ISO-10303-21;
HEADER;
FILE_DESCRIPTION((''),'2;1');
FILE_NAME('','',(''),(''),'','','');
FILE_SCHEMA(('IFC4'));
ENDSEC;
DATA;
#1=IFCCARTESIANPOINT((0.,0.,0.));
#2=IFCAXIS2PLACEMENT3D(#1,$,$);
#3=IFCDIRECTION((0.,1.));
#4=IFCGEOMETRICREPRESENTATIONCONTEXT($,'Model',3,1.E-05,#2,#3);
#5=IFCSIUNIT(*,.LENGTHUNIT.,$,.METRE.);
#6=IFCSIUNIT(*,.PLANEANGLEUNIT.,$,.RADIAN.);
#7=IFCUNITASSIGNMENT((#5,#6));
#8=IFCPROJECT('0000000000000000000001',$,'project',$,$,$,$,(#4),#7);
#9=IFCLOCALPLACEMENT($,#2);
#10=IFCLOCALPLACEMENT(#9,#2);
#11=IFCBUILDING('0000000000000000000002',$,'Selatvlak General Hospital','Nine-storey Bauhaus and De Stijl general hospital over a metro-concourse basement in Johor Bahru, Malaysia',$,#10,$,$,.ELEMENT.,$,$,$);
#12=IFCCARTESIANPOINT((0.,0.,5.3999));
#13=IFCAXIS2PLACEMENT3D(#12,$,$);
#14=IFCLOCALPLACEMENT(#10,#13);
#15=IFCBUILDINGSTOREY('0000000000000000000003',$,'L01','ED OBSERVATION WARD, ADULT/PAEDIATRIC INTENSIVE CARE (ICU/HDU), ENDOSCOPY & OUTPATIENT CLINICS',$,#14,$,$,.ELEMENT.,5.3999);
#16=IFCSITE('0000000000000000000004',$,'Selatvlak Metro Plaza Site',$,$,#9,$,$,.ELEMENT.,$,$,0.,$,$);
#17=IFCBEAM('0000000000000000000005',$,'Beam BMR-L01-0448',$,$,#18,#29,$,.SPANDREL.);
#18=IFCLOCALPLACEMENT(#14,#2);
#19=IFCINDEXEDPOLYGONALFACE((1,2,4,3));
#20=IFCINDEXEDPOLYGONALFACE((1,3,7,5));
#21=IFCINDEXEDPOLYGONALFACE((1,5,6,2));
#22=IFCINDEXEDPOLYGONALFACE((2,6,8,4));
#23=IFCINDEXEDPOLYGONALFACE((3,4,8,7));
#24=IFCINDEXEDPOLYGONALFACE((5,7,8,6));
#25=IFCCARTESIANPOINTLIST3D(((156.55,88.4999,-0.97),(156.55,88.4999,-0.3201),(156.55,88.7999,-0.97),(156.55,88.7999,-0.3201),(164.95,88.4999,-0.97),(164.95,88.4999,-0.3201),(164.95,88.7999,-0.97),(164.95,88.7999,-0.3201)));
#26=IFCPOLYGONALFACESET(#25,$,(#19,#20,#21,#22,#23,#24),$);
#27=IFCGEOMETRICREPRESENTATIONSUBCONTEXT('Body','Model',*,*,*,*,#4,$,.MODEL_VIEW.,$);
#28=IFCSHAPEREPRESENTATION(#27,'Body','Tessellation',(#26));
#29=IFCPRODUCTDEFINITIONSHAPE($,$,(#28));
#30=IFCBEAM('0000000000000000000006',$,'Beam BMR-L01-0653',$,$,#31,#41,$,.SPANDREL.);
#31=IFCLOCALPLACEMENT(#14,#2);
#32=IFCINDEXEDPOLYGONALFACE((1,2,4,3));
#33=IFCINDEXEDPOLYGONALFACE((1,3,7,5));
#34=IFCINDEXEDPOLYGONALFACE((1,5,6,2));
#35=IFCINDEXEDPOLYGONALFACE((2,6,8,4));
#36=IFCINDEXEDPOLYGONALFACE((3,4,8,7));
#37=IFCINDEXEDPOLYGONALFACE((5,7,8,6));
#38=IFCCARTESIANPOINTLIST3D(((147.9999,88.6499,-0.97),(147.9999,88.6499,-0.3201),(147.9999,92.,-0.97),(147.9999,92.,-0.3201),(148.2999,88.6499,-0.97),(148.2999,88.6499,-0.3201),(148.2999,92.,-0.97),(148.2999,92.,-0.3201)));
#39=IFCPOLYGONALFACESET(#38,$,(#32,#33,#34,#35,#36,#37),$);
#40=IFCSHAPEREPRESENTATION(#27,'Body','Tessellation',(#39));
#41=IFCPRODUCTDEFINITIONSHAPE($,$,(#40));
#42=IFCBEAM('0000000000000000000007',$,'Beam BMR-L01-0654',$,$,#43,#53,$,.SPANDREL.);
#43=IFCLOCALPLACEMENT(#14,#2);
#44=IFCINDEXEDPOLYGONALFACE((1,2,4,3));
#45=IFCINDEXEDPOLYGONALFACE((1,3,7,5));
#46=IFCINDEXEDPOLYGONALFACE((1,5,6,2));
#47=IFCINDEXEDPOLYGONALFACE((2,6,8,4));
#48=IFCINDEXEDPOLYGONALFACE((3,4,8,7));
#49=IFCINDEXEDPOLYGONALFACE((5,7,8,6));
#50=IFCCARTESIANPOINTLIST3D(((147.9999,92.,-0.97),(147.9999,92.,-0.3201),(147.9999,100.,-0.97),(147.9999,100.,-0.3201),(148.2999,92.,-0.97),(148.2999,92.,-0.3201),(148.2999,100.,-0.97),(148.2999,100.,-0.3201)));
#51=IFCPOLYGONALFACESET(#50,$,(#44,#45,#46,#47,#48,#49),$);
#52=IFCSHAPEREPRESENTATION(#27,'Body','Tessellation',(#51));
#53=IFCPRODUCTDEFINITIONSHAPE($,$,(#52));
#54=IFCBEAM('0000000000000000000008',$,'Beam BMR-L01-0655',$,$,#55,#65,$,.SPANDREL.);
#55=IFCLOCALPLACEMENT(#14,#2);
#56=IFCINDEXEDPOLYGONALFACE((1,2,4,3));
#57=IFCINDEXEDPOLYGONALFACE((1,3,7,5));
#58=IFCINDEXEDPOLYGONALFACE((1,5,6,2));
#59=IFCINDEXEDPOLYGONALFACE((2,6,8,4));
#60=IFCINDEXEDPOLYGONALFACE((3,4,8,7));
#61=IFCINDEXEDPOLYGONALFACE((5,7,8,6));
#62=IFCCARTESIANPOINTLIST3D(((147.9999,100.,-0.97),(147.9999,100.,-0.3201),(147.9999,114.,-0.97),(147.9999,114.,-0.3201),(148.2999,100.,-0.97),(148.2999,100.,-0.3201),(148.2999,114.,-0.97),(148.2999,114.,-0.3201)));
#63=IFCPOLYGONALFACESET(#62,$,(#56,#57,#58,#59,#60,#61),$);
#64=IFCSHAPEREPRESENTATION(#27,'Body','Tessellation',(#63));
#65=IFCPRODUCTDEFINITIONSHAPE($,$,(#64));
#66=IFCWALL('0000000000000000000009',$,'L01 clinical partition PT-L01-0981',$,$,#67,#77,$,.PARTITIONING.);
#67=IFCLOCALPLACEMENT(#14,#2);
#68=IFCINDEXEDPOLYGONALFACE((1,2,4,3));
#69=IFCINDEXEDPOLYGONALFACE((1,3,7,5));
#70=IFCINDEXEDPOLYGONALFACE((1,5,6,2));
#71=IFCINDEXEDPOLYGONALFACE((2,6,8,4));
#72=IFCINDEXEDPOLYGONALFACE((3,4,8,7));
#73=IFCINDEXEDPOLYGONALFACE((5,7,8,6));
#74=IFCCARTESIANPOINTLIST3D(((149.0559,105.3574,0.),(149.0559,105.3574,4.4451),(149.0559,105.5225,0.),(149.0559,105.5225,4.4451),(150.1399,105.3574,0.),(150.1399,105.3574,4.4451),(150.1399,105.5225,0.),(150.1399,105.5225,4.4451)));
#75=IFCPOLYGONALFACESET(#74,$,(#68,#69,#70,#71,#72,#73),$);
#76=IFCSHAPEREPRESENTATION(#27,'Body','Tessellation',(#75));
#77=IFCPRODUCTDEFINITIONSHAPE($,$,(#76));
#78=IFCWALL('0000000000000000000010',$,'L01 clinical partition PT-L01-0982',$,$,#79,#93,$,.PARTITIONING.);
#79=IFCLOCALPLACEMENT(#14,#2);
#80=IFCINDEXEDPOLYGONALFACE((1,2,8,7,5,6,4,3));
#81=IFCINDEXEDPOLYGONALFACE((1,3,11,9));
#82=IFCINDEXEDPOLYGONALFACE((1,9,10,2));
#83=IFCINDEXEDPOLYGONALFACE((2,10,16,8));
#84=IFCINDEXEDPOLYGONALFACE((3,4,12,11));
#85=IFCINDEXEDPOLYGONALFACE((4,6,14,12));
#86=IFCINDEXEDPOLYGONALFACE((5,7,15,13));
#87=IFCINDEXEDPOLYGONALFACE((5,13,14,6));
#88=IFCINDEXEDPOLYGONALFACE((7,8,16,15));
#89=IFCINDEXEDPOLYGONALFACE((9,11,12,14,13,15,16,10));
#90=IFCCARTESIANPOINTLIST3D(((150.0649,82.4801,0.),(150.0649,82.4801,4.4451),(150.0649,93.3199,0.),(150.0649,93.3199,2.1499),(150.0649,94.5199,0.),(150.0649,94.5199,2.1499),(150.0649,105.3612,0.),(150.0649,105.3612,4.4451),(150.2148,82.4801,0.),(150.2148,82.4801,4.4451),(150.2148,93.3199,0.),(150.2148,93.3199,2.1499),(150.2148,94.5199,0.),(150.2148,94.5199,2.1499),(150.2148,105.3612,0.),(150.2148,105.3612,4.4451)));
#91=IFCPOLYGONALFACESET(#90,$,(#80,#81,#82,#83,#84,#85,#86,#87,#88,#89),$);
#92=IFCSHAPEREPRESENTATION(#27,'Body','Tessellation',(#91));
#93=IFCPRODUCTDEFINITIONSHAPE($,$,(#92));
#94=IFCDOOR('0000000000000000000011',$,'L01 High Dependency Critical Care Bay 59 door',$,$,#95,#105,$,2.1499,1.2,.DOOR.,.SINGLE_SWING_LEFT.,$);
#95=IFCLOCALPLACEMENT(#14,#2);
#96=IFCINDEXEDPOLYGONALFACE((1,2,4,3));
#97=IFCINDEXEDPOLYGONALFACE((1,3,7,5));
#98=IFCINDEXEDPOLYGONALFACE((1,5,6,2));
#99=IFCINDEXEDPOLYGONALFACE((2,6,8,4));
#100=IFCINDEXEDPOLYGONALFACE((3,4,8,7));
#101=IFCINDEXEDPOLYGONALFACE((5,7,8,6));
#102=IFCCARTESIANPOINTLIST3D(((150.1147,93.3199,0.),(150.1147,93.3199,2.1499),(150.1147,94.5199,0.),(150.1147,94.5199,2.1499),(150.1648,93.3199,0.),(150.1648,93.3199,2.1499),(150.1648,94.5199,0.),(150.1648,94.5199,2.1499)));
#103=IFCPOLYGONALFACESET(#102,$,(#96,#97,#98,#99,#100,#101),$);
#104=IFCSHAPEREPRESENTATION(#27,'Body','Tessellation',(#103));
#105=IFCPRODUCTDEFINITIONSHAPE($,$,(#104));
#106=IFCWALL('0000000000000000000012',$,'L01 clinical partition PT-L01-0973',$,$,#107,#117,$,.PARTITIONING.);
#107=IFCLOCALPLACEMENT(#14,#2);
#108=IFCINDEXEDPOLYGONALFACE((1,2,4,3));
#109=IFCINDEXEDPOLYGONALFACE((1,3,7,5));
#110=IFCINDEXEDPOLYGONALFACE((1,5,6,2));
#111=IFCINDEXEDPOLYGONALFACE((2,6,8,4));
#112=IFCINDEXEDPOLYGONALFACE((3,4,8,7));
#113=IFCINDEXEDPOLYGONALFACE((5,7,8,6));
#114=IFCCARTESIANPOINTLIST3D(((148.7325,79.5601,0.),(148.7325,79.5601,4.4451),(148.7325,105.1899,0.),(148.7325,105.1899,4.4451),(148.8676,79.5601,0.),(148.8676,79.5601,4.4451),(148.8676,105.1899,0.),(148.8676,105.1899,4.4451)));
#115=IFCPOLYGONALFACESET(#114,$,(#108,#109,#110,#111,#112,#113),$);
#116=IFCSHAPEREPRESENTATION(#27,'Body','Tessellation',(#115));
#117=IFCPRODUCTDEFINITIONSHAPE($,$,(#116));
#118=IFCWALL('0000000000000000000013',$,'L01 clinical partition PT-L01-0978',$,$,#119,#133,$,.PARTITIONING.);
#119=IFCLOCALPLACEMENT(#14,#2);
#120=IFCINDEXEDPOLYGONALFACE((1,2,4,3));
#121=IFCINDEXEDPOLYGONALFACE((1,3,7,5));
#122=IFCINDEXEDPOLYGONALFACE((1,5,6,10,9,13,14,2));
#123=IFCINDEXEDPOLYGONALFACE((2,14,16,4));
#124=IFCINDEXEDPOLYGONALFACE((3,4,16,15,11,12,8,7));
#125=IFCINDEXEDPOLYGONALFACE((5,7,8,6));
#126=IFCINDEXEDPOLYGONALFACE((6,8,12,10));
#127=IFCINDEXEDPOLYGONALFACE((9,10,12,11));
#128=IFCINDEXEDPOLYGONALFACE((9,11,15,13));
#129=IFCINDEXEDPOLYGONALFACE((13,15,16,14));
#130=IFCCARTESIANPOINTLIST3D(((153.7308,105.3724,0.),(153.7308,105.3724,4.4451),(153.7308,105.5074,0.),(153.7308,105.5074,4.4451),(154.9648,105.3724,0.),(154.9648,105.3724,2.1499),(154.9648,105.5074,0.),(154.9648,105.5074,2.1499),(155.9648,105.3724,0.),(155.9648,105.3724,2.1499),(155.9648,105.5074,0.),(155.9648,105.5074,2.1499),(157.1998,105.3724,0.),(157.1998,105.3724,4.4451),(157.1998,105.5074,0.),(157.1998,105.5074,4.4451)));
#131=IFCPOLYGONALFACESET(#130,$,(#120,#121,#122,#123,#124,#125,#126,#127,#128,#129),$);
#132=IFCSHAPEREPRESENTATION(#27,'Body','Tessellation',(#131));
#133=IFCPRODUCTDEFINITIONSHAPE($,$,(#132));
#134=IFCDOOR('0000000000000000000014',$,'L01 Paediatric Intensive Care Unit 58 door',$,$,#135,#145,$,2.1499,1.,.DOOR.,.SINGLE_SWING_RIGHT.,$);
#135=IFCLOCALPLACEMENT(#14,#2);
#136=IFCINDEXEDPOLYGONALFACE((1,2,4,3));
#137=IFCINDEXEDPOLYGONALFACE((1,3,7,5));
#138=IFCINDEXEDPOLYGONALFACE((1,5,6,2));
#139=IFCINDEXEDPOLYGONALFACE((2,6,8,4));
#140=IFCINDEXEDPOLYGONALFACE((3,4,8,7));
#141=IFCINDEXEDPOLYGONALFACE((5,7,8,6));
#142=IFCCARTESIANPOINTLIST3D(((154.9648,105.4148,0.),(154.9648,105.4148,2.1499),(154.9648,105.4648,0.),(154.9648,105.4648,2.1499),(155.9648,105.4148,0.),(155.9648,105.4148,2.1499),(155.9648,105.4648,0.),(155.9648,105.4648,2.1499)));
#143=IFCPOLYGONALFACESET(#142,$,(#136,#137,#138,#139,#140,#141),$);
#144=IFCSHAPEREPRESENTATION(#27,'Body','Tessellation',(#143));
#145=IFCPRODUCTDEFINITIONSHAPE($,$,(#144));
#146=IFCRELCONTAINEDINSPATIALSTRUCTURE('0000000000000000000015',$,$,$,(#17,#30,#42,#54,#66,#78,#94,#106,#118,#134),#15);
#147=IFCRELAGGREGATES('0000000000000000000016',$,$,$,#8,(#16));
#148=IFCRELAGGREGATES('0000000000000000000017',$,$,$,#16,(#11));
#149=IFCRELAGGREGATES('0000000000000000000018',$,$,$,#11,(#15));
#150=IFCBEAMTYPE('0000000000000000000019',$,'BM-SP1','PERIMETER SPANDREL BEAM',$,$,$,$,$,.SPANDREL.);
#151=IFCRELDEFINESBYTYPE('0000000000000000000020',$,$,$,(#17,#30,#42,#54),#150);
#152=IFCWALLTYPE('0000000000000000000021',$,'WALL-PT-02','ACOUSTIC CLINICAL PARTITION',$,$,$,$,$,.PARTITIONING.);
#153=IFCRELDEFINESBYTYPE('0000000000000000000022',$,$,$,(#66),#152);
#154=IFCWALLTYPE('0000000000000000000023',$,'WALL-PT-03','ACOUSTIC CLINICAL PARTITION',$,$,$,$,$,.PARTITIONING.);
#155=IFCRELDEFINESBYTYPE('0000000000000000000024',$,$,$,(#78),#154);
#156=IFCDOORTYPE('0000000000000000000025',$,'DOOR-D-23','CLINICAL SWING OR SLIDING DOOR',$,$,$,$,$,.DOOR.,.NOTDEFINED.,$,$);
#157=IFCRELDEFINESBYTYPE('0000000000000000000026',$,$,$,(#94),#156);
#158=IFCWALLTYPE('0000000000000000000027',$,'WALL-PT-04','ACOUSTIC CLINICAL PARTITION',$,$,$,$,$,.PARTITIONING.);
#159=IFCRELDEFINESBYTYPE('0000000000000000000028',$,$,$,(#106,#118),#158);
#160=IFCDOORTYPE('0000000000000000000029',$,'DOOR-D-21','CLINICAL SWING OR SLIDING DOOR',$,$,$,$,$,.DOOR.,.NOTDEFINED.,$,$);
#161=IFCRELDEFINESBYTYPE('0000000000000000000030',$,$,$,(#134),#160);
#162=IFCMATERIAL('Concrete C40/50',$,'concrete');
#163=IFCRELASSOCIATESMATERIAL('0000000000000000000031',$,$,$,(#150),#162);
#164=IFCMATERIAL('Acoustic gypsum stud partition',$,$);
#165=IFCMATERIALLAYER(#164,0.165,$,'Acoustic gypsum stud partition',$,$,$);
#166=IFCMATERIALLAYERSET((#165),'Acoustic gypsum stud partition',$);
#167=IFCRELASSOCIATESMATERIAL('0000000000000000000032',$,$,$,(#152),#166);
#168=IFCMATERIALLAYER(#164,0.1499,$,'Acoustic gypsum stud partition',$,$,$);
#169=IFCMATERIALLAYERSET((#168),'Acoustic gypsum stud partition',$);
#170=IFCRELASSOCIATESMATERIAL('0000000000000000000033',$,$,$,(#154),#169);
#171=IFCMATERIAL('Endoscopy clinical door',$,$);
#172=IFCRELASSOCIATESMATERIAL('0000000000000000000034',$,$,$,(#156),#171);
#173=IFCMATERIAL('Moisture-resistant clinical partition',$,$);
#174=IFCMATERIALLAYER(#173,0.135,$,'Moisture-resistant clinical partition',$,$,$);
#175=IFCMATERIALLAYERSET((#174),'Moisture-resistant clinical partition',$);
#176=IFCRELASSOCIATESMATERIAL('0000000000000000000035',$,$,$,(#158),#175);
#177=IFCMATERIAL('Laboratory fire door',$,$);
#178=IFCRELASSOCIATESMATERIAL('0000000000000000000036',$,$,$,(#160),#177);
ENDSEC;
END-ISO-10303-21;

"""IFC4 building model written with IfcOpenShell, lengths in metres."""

from ifc_helpers import new_model, si_unit, direction, frame, frame_2d, origin, origin_2d, place, context, subcontext, project, spatial, rectangle, extrude, material, layer, layer_set, material_profile, profile_set, type_object, element, fill, save


model = new_model("IFC4")

# Units and contexts
model_context = context("Model", 3, precision=1e-05, world=origin(), true_north=direction((0.0, 1.0)))
body_context = subcontext(model_context, "Body", "Model", "MODEL_VIEW")
ifc_project = project(units=[si_unit("LENGTHUNIT", "METRE"), si_unit("PLANEANGLEUNIT", "RADIAN")], contexts=[model_context])

# Site, building, storey
site_placement = place(None, origin())
site = spatial("IfcSite", under=ifc_project, at=site_placement, Name="Selatvlak Metro Plaza Site", CompositionType="ELEMENT", RefElevation=0.0)
building_placement = place(site_placement, origin())
building = spatial("IfcBuilding", under=site, at=building_placement, Name="Selatvlak General Hospital", Description="Nine-storey Bauhaus and De Stijl general hospital over a metro-concourse basement in Johor Bahru, Malaysia", CompositionType="ELEMENT")
storey_placement = place(building_placement, frame((0.0, 0.0, 5.3999)))
storey = spatial("IfcBuildingStorey", under=building, at=storey_placement, Name="L01", Description="ED OBSERVATION WARD, ADULT/PAEDIATRIC INTENSIVE CARE (ICU/HDU), ENDOSCOPY & OUTPATIENT CLINICS", CompositionType="ELEMENT", Elevation=5.3999)

# Beams
ifc_material_1 = material(Name="Concrete C40/50", Category="concrete")
ifc_material_profile_1 = material_profile(ifc_material_1, rectangle(XDim=0.3, YDim=0.6499, at=origin_2d()), Name="RC-SP 300x650")
ifc_profile_set_1 = profile_set([ifc_material_profile_1], Name="Concrete C40/50")
beam_type_1 = type_object("IfcBeamType", Name="BM-SP1", Description="PERIMETER SPANDREL BEAM", PredefinedType="SPANDREL", material=ifc_profile_set_1)
beam_1_placement = place(storey_placement, frame((156.55, 88.6499, -0.645), z_axis=(1.0, 0.0, 0.0), x_axis=(0.0, 1.0, 0.0)))
element("IfcBeam", 1, at=beam_1_placement, inside=storey, type_object=beam_type_1, Name="Beam BMR-L01-0448", PredefinedType="SPANDREL", context=body_context, shape_type="SweptSolid", body=[
    extrude(rectangle(XDim=0.3, YDim=0.6499, at=origin_2d()), origin(), (0.0, 0.0, 1.0), 8.3999),
])
beam_2_placement = place(storey_placement, frame((148.1499, 88.6499, -0.645), z_axis=(0.0, 1.0, 0.0), x_axis=(-1.0, 0.0, 0.0)))
element("IfcBeam", 2, at=beam_2_placement, inside=storey, type_object=beam_type_1, Name="Beam BMR-L01-0653", PredefinedType="SPANDREL", context=body_context, shape_type="SweptSolid", body=[
    extrude(rectangle(XDim=0.3, YDim=0.6499, at=origin_2d()), origin(), (0.0, 0.0, 1.0), 3.3501),
])
beam_3_placement = place(storey_placement, frame((148.1499, 92.0, -0.645), z_axis=(0.0, 1.0, 0.0), x_axis=(-1.0, 0.0, 0.0)))
element("IfcBeam", 3, at=beam_3_placement, inside=storey, type_object=beam_type_1, Name="Beam BMR-L01-0654", PredefinedType="SPANDREL", context=body_context, shape_type="SweptSolid", body=[
    extrude(rectangle(XDim=0.3, YDim=0.6499, at=origin_2d()), origin(), (0.0, 0.0, 1.0), 8.0),
])
beam_4_placement = place(storey_placement, frame((148.1499, 100.0, -0.645), z_axis=(0.0, 1.0, 0.0), x_axis=(-1.0, 0.0, 0.0)))
element("IfcBeam", 4, at=beam_4_placement, inside=storey, type_object=beam_type_1, Name="Beam BMR-L01-0655", PredefinedType="SPANDREL", context=body_context, shape_type="SweptSolid", body=[
    extrude(rectangle(XDim=0.3, YDim=0.6499, at=origin_2d()), origin(), (0.0, 0.0, 1.0), 14.0),
])

# Wall
ifc_material_2 = material(Name="Acoustic gypsum stud partition")
ifc_layer_1 = layer(ifc_material_2, 0.165, Name="Acoustic gypsum stud partition")
ifc_layer_set_1 = layer_set([ifc_layer_1], Name="Acoustic gypsum stud partition")
wall_type_1 = type_object("IfcWallType", Name="WALL-PT-02", Description="ACOUSTIC CLINICAL PARTITION", PredefinedType="PARTITIONING", material=ifc_layer_set_1)
wall_1_placement = place(storey_placement, frame((149.0559, 105.4399, 0.0), z_axis=(0.0, 0.0, 1.0), x_axis=(1.0, 0.0, 0.0)))
element("IfcWall", 5, at=wall_1_placement, inside=storey, type_object=wall_type_1, Name="L01 clinical partition PT-L01-0981", PredefinedType="PARTITIONING", context=body_context, shape_type="SweptSolid", body=[
    extrude(rectangle(XDim=1.084, YDim=0.165, at=frame_2d((0.542, 0.0))), origin(), (0.0, 0.0, 1.0), 4.4451),
])

# Wall, opening, door
ifc_layer_2 = layer(ifc_material_2, 0.1499, Name="Acoustic gypsum stud partition")
ifc_layer_set_2 = layer_set([ifc_layer_2], Name="Acoustic gypsum stud partition")
wall_type_2 = type_object("IfcWallType", Name="WALL-PT-03", Description="ACOUSTIC CLINICAL PARTITION", PredefinedType="PARTITIONING", material=ifc_layer_set_2)
wall_2_placement = place(storey_placement, frame((150.1399, 105.3611, 0.0), z_axis=(0.0, 0.0, 1.0), x_axis=(0.0, -1.0, 0.0)))
wall_2 = element("IfcWall", 6, at=wall_2_placement, inside=storey, type_object=wall_type_2, Name="L01 clinical partition PT-L01-0982", PredefinedType="PARTITIONING", context=body_context, shape_type="SweptSolid", body=[
    extrude(rectangle(XDim=22.8811, YDim=0.1499, at=frame_2d((11.4404, 0.0))), origin(), (0.0, 0.0, 1.0), 4.4451),
])
opening_1_placement = place(wall_2_placement, frame((10.8411, 0.0, 0.0)))
opening_1 = element("IfcOpeningElement", 7, at=opening_1_placement, cuts=wall_2, PredefinedType="OPENING", context=body_context, shape_type="SweptSolid", body=[
    extrude(rectangle(XDim=1.2, YDim=2.1499, at=frame_2d((0.6001, 1.075))), frame((0.0, 0.085, 0.0), z_axis=(0.0, -1.0, 0.0), x_axis=(1.0, 0.0, 0.0)), (0.0, 0.0, 1.0), 0.1699),
])
ifc_material_3 = material(Name="Endoscopy clinical door")
door_type_1 = type_object("IfcDoorType", Name="DOOR-D-23", Description="CLINICAL SWING OR SLIDING DOOR", OperationType="NOTDEFINED", PredefinedType="DOOR", material=ifc_material_3)
door_1_placement = place(opening_1_placement, origin())
door_1 = element("IfcDoor", 8, at=door_1_placement, inside=storey, type_object=door_type_1, Name="L01 High Dependency Critical Care Bay 59 door", OperationType="SINGLE_SWING_LEFT", OverallHeight=2.1499, OverallWidth=1.2, PredefinedType="DOOR", context=body_context, shape_type="SweptSolid", body=[
    extrude(rectangle(XDim=1.2, YDim=2.1499, at=frame_2d((0.6001, 1.075))), frame((0.0, 0.0249, 0.0), z_axis=(0.0, -1.0, 0.0), x_axis=(1.0, 0.0, 0.0)), (0.0, 0.0, 1.0), 0.05),
])
fill(opening_1, door_1)

# Wall
ifc_material_4 = material(Name="Moisture-resistant clinical partition")
ifc_layer_3 = layer(ifc_material_4, 0.135, Name="Moisture-resistant clinical partition")
ifc_layer_set_3 = layer_set([ifc_layer_3], Name="Moisture-resistant clinical partition")
wall_type_3 = type_object("IfcWallType", Name="WALL-PT-04", Description="ACOUSTIC CLINICAL PARTITION", PredefinedType="PARTITIONING", material=ifc_layer_set_3)
wall_3_placement = place(storey_placement, frame((148.8, 105.1899, 0.0), z_axis=(0.0, 0.0, 1.0), x_axis=(0.0, -1.0, 0.0)))
element("IfcWall", 9, at=wall_3_placement, inside=storey, type_object=wall_type_3, Name="L01 clinical partition PT-L01-0973", PredefinedType="PARTITIONING", context=body_context, shape_type="SweptSolid", body=[
    extrude(rectangle(XDim=25.6299, YDim=0.135, at=frame_2d((12.8149, 0.0))), origin(), (0.0, 0.0, 1.0), 4.4451),
])

# Wall, opening, door
wall_4_placement = place(storey_placement, frame((153.731, 105.4399, 0.0), z_axis=(0.0, 0.0, 1.0), x_axis=(1.0, 0.0, 0.0)))
wall_4 = element("IfcWall", 10, at=wall_4_placement, inside=storey, type_object=wall_type_3, Name="L01 clinical partition PT-L01-0978", PredefinedType="PARTITIONING", context=body_context, shape_type="SweptSolid", body=[
    extrude(rectangle(XDim=3.469, YDim=0.135, at=frame_2d((1.7344, 0.0))), origin(), (0.0, 0.0, 1.0), 4.4451),
])
opening_2_placement = place(wall_4_placement, frame((1.2339, 0.0, 0.0)))
opening_2 = element("IfcOpeningElement", 11, at=opening_2_placement, cuts=wall_4, PredefinedType="OPENING", context=body_context, shape_type="SweptSolid", body=[
    extrude(rectangle(XDim=1.0, YDim=2.1499, at=frame_2d((0.5, 1.075))), frame((0.0, 0.0774, 0.0), z_axis=(0.0, -1.0, 0.0), x_axis=(1.0, 0.0, 0.0)), (0.0, 0.0, 1.0), 0.155),
])
ifc_material_5 = material(Name="Laboratory fire door")
door_type_2 = type_object("IfcDoorType", Name="DOOR-D-21", Description="CLINICAL SWING OR SLIDING DOOR", OperationType="NOTDEFINED", PredefinedType="DOOR", material=ifc_material_5)
door_2_placement = place(opening_2_placement, origin())
door_2 = element("IfcDoor", 12, at=door_2_placement, inside=storey, type_object=door_type_2, Name="L01 Paediatric Intensive Care Unit 58 door", OperationType="SINGLE_SWING_RIGHT", OverallHeight=2.1499, OverallWidth=1.0, PredefinedType="DOOR", context=body_context, shape_type="SweptSolid", body=[
    extrude(rectangle(XDim=1.0, YDim=2.1499, at=frame_2d((0.5, 1.075))), frame((0.0, 0.0249, 0.0), z_axis=(0.0, -1.0, 0.0), x_axis=(1.0, 0.0, 0.0)), (0.0, 0.0, 1.0), 0.05),
])
fill(opening_2, door_2)

save(model, "model.ifc")
